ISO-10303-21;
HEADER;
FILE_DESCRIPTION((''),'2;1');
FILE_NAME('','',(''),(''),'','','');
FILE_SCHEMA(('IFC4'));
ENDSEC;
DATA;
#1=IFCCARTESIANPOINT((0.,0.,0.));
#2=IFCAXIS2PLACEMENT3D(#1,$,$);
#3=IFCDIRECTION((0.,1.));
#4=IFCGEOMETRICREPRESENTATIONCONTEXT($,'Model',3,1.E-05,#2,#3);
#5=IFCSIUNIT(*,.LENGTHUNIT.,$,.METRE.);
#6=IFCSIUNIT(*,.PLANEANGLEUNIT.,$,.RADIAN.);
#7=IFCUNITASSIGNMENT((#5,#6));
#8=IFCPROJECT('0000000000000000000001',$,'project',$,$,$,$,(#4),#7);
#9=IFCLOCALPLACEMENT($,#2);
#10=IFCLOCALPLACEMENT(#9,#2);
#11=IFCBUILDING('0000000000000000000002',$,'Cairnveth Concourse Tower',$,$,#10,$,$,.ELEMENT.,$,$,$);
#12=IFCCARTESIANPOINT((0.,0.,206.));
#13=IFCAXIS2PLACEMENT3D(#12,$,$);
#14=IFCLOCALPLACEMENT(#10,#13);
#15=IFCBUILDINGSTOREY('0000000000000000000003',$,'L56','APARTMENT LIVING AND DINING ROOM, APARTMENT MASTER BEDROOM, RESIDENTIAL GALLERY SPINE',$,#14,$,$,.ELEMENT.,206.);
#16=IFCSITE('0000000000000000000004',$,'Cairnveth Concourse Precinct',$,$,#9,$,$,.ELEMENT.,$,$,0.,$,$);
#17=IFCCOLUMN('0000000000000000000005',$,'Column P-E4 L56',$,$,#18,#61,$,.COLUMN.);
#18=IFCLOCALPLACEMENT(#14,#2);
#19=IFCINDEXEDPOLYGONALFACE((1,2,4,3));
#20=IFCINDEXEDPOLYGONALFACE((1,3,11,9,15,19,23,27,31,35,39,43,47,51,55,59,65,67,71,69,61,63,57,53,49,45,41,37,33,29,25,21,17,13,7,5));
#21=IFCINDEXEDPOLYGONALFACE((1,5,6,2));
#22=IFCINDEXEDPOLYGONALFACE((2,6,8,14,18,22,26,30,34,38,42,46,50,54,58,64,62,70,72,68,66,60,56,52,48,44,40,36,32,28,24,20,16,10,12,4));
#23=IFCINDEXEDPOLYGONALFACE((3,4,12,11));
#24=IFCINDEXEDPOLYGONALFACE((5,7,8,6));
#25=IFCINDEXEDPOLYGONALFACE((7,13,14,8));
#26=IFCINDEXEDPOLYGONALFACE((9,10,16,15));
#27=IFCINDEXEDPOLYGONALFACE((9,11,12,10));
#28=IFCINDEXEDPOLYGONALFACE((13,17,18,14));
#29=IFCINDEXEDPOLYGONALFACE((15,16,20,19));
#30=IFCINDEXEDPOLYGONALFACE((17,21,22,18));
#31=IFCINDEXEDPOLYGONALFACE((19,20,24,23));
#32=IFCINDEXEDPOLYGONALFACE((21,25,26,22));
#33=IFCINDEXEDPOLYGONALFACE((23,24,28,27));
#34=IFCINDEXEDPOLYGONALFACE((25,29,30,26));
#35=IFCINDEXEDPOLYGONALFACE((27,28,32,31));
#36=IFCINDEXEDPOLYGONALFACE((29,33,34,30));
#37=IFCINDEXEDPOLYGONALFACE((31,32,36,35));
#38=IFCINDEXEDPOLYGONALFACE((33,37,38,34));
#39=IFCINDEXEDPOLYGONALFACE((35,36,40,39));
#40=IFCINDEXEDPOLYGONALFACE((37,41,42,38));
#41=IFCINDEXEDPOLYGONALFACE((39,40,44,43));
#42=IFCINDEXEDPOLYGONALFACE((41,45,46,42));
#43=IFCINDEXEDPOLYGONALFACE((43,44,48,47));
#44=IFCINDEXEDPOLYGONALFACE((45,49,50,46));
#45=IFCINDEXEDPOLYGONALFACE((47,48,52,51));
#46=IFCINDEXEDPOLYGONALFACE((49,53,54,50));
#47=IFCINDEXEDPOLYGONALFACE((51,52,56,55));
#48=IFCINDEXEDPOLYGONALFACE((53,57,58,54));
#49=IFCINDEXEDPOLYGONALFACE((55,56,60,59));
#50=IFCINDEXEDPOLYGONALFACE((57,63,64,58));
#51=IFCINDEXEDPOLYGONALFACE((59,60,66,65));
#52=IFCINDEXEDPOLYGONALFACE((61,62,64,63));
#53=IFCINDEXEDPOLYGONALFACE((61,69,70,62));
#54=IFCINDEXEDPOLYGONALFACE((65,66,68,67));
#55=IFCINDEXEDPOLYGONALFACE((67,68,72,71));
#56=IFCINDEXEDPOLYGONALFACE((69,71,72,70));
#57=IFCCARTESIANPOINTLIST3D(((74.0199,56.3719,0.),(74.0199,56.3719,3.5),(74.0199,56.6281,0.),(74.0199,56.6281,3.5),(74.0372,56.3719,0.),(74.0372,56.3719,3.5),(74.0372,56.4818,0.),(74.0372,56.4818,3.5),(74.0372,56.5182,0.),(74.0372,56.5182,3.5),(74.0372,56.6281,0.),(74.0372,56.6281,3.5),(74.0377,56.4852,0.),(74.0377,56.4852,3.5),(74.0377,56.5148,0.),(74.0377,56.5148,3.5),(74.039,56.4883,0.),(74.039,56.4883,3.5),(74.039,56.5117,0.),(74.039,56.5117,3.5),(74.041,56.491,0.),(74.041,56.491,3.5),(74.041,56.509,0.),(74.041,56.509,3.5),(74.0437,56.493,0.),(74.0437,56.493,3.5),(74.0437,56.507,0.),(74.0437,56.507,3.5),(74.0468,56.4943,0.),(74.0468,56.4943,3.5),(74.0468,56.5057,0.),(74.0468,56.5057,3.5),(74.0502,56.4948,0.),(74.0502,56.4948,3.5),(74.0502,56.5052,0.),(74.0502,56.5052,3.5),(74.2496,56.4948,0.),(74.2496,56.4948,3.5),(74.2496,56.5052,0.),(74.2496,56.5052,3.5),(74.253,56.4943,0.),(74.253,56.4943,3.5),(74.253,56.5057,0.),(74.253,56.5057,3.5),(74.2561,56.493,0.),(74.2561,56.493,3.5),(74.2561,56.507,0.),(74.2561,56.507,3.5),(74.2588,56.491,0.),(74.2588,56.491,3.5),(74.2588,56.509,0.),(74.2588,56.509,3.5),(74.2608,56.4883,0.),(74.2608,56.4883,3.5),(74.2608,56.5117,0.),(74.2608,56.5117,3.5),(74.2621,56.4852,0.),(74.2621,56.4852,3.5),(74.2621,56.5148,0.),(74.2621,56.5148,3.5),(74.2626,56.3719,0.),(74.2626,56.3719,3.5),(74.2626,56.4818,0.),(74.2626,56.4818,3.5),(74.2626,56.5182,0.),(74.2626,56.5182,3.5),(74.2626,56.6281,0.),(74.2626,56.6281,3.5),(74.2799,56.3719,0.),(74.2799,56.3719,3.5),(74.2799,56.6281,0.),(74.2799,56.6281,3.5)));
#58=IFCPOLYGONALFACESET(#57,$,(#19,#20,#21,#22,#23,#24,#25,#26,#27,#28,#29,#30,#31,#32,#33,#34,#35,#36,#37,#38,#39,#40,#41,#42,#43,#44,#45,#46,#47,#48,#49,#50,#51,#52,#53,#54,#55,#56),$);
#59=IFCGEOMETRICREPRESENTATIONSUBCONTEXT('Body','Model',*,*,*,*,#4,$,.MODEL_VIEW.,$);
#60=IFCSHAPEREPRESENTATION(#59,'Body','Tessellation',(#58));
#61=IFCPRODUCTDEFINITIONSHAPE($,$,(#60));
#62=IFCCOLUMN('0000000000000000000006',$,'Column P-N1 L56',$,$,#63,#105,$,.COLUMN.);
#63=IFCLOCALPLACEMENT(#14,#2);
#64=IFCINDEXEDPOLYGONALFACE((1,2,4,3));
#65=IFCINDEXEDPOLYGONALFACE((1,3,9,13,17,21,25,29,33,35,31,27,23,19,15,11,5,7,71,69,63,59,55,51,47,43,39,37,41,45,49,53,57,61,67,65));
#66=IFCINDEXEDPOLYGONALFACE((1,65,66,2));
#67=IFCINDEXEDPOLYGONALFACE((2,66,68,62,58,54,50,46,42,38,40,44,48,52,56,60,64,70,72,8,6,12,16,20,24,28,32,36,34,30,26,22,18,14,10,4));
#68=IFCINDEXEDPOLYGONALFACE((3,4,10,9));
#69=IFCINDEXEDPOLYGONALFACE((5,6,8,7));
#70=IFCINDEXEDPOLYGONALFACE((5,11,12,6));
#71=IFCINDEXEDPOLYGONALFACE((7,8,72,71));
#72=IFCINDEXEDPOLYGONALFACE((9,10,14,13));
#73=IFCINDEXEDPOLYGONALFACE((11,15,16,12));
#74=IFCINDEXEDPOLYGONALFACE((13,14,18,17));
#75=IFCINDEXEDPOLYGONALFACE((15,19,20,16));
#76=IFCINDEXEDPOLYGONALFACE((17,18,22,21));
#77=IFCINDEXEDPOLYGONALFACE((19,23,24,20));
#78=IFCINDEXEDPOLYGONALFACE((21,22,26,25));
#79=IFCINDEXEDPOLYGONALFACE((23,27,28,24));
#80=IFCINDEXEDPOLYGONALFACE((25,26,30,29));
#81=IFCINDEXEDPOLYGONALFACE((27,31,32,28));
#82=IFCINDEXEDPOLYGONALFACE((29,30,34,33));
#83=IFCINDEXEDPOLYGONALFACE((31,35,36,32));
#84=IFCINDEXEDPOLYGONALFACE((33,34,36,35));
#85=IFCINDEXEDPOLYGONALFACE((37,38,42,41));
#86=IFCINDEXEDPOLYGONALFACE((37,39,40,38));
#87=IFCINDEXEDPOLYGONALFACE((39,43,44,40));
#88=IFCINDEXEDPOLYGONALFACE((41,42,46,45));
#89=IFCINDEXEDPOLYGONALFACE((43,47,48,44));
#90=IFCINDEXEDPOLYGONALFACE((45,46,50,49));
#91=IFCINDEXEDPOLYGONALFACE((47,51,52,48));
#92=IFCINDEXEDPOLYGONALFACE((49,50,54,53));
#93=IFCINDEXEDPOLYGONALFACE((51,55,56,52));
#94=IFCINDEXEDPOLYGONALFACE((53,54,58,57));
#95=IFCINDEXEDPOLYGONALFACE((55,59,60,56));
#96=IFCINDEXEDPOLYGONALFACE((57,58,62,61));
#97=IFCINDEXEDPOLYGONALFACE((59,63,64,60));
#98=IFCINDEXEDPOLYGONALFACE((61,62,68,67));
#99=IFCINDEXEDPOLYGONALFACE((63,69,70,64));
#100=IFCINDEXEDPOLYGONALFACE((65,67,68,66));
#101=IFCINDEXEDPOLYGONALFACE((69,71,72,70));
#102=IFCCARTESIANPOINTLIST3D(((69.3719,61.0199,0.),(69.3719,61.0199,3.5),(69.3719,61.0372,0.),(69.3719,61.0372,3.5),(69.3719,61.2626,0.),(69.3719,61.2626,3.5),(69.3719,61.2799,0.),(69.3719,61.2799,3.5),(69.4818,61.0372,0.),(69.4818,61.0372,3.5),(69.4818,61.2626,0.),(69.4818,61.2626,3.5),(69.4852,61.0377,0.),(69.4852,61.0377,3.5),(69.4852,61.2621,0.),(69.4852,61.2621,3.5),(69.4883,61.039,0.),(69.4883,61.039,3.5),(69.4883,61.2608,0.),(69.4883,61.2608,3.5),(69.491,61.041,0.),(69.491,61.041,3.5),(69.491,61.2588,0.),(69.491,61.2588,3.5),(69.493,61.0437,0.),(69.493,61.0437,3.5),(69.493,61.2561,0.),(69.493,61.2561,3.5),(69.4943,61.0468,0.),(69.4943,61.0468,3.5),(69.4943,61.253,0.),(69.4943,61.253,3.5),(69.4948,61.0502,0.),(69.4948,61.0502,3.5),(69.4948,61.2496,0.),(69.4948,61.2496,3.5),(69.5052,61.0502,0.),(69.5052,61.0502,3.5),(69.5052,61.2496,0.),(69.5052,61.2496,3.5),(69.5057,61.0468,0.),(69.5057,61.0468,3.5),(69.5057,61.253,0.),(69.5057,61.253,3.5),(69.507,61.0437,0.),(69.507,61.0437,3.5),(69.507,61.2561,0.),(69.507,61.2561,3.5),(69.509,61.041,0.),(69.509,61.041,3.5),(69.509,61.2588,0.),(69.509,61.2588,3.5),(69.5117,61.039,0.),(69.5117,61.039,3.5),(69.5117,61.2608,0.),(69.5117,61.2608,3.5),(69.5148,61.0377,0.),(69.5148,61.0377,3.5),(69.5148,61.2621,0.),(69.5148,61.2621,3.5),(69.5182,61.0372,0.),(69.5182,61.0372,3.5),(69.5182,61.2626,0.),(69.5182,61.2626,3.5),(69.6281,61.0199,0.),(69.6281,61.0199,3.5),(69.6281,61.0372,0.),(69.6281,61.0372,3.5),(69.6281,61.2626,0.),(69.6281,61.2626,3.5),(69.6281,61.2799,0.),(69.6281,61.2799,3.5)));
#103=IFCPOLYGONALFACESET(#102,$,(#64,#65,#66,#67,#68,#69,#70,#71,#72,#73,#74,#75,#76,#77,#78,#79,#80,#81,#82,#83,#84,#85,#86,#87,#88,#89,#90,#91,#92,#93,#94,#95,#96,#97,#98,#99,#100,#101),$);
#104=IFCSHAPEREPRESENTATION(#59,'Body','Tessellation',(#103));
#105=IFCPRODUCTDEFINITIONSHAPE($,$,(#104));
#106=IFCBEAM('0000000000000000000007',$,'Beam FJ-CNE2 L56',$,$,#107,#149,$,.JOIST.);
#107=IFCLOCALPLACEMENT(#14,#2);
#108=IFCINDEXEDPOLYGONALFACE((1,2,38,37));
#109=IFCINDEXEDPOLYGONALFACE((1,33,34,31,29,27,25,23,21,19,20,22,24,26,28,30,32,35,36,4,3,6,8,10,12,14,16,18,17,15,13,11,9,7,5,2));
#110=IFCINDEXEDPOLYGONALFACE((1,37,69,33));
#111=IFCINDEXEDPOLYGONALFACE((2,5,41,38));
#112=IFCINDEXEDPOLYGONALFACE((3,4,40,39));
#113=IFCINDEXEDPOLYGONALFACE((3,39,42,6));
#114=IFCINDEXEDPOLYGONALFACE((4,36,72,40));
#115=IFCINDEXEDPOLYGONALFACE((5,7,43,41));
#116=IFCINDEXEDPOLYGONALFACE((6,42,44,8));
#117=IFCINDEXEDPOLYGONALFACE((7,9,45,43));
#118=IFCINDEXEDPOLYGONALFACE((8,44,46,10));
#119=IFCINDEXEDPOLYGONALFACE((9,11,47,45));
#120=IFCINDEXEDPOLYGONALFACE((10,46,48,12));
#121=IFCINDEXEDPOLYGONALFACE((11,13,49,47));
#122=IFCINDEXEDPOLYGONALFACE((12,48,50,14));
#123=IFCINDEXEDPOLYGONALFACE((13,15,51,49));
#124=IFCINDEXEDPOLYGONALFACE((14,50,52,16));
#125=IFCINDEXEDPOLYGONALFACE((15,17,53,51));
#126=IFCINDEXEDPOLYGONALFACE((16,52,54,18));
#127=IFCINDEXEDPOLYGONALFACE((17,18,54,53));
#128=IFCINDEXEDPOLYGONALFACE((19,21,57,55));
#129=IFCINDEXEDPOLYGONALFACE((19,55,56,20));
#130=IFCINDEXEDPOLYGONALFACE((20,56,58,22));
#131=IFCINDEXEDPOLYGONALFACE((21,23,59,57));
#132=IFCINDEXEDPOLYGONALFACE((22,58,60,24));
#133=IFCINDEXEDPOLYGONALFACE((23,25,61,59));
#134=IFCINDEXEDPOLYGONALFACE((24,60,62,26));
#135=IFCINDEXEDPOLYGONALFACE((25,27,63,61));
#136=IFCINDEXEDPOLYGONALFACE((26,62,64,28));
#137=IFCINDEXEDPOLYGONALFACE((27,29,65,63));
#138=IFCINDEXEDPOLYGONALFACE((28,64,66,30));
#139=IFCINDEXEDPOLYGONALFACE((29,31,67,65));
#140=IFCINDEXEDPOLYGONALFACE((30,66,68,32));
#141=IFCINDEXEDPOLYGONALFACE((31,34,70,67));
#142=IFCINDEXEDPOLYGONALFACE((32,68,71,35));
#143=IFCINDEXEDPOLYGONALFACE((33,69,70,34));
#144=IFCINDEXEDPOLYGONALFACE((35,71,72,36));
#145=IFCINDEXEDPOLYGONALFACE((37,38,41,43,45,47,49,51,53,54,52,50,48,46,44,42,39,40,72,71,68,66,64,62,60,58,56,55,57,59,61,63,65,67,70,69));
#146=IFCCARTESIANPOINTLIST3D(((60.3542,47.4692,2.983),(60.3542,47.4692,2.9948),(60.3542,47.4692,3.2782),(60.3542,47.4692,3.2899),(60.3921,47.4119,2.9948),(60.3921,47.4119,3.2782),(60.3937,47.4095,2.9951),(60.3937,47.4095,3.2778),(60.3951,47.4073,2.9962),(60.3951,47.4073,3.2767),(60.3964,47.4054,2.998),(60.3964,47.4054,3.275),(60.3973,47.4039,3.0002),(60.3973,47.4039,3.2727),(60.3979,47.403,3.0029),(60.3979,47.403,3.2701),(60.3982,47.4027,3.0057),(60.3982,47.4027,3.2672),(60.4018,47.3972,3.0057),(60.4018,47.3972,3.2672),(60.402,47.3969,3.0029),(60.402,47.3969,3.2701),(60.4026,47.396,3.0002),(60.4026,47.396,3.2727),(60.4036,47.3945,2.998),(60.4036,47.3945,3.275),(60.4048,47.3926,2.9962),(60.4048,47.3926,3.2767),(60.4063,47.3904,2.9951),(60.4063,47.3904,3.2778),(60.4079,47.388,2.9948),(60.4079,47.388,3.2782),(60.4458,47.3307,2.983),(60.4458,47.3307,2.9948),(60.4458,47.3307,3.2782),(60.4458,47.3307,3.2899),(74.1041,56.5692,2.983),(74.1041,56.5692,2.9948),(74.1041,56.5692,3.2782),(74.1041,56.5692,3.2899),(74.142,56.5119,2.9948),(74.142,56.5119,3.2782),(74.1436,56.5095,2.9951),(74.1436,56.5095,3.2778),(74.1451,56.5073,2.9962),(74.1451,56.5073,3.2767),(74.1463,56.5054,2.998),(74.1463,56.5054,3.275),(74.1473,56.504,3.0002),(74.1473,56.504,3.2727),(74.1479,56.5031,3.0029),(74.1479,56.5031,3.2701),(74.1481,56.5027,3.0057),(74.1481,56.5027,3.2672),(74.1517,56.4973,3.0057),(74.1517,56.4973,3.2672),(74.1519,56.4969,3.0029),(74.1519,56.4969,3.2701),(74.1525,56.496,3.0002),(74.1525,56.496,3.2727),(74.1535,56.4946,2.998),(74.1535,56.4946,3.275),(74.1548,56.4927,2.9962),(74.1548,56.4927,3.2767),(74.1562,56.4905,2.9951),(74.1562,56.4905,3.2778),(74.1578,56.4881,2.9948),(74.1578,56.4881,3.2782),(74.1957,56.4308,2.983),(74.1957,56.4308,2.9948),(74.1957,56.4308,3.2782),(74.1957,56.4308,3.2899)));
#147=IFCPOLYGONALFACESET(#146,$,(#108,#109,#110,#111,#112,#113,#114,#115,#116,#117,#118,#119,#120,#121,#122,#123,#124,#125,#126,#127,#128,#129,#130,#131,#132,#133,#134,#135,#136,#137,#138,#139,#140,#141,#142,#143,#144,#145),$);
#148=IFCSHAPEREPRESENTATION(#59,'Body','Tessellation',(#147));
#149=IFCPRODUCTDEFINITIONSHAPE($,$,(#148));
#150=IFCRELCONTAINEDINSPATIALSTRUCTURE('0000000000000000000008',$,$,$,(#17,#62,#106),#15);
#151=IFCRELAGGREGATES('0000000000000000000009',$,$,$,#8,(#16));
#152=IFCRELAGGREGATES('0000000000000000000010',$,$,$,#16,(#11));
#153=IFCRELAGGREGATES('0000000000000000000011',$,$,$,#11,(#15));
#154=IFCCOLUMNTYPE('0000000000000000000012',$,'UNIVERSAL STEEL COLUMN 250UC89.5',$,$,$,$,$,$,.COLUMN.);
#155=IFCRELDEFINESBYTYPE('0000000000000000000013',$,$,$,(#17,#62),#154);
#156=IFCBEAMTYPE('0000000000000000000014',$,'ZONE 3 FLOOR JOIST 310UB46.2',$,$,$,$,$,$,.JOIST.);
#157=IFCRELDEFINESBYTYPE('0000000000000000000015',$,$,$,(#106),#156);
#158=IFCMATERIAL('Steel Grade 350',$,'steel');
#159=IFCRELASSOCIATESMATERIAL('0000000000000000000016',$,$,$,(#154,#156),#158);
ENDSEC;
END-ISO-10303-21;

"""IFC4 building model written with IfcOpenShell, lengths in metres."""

from ifc_helpers import new_model, si_unit, direction, frame, origin, origin_2d, place, context, subcontext, project, spatial, i_section, extrude, material, material_profile, profile_set, type_object, element, save


model = new_model("IFC4")

# Units and contexts
model_context = context("Model", 3, precision=1e-05, world=origin(), true_north=direction((0.0, 1.0)))
body_context = subcontext(model_context, "Body", "Model", "MODEL_VIEW")
ifc_project = project(units=[si_unit("LENGTHUNIT", "METRE"), si_unit("PLANEANGLEUNIT", "RADIAN")], contexts=[model_context])

# Site, building, storey
site_placement = place(None, origin())
site = spatial("IfcSite", under=ifc_project, at=site_placement, Name="Cairnveth Concourse Precinct", CompositionType="ELEMENT", RefElevation=0.0)
building_placement = place(site_placement, origin())
building = spatial("IfcBuilding", under=site, at=building_placement, Name="Cairnveth Concourse Tower", CompositionType="ELEMENT")
storey_placement = place(building_placement, frame((0.0, 0.0, 206.0)))
storey = spatial("IfcBuildingStorey", under=building, at=storey_placement, Name="L56", Description="APARTMENT LIVING AND DINING ROOM, APARTMENT MASTER BEDROOM, RESIDENTIAL GALLERY SPINE", CompositionType="ELEMENT", Elevation=206.0)

# Columns
ifc_material_1 = material(Name="Steel Grade 350", Category="steel")
ifc_material_profile_1 = material_profile(ifc_material_1, i_section(OverallWidth=0.2561, OverallDepth=0.26, WebThickness=0.0105, FlangeThickness=0.0173, FilletRadius=0.0129, at=origin_2d()), Name="250UC89.5")
ifc_profile_set_1 = profile_set([ifc_material_profile_1], Name="Steel Grade 350")
column_type = type_object("IfcColumnType", Name="UNIVERSAL STEEL COLUMN 250UC89.5", PredefinedType="COLUMN", material=ifc_profile_set_1)
for number, where, z_axis, x_axis, name in (
    (1, (74.1499, 56.5, 0.0), (0.0, 0.0, 1.0), (0.0, 1.0, 0.0), "Column P-E4 L56"),
    (2, (69.5, 61.1499, 0.0), (0.0, 0.0, 1.0), (1.0, 0.0, 0.0), "Column P-N1 L56"),
):
    element("IfcColumn", number, at=place(storey_placement, frame(where, z_axis=z_axis, x_axis=x_axis)), inside=storey, type_object=column_type, Name=name, PredefinedType="COLUMN", context=body_context, shape_type="SweptSolid", body=[
        extrude(i_section(OverallWidth=0.2561, OverallDepth=0.26, WebThickness=0.0105, FlangeThickness=0.0173, FilletRadius=0.0129, at=origin_2d()), origin(), (0.0, 0.0, 1.0), 3.5),
    ])

# Beam
ifc_material_profile_2 = material_profile(ifc_material_1, i_section(OverallWidth=0.166, OverallDepth=0.3069, WebThickness=0.0066, FlangeThickness=0.0117, FilletRadius=0.011, at=origin_2d()), Name="310UB46.2")
ifc_profile_set_2 = profile_set([ifc_material_profile_2], Name="Steel Grade 350")
beam_type_1 = type_object("IfcBeamType", Name="ZONE 3 FLOOR JOIST 310UB46.2", PredefinedType="JOIST", material=ifc_profile_set_2)
beam_1_placement = place(storey_placement, frame((74.1499, 56.5, 3.1365), z_axis=(-0.833909, -0.551902, 0.0), x_axis=(0.551902, -0.833909, 0.0)))
element("IfcBeam", 3, at=beam_1_placement, inside=storey, type_object=beam_type_1, Name="Beam FJ-CNE2 L56", PredefinedType="JOIST", context=body_context, shape_type="SweptSolid", body=[
    extrude(i_section(OverallWidth=0.166, OverallDepth=0.3069, WebThickness=0.0066, FlangeThickness=0.0117, FilletRadius=0.011, at=origin_2d()), origin(), (0.0, 0.0, 1.0), 16.4885),
])

save(model, "model.ifc")
